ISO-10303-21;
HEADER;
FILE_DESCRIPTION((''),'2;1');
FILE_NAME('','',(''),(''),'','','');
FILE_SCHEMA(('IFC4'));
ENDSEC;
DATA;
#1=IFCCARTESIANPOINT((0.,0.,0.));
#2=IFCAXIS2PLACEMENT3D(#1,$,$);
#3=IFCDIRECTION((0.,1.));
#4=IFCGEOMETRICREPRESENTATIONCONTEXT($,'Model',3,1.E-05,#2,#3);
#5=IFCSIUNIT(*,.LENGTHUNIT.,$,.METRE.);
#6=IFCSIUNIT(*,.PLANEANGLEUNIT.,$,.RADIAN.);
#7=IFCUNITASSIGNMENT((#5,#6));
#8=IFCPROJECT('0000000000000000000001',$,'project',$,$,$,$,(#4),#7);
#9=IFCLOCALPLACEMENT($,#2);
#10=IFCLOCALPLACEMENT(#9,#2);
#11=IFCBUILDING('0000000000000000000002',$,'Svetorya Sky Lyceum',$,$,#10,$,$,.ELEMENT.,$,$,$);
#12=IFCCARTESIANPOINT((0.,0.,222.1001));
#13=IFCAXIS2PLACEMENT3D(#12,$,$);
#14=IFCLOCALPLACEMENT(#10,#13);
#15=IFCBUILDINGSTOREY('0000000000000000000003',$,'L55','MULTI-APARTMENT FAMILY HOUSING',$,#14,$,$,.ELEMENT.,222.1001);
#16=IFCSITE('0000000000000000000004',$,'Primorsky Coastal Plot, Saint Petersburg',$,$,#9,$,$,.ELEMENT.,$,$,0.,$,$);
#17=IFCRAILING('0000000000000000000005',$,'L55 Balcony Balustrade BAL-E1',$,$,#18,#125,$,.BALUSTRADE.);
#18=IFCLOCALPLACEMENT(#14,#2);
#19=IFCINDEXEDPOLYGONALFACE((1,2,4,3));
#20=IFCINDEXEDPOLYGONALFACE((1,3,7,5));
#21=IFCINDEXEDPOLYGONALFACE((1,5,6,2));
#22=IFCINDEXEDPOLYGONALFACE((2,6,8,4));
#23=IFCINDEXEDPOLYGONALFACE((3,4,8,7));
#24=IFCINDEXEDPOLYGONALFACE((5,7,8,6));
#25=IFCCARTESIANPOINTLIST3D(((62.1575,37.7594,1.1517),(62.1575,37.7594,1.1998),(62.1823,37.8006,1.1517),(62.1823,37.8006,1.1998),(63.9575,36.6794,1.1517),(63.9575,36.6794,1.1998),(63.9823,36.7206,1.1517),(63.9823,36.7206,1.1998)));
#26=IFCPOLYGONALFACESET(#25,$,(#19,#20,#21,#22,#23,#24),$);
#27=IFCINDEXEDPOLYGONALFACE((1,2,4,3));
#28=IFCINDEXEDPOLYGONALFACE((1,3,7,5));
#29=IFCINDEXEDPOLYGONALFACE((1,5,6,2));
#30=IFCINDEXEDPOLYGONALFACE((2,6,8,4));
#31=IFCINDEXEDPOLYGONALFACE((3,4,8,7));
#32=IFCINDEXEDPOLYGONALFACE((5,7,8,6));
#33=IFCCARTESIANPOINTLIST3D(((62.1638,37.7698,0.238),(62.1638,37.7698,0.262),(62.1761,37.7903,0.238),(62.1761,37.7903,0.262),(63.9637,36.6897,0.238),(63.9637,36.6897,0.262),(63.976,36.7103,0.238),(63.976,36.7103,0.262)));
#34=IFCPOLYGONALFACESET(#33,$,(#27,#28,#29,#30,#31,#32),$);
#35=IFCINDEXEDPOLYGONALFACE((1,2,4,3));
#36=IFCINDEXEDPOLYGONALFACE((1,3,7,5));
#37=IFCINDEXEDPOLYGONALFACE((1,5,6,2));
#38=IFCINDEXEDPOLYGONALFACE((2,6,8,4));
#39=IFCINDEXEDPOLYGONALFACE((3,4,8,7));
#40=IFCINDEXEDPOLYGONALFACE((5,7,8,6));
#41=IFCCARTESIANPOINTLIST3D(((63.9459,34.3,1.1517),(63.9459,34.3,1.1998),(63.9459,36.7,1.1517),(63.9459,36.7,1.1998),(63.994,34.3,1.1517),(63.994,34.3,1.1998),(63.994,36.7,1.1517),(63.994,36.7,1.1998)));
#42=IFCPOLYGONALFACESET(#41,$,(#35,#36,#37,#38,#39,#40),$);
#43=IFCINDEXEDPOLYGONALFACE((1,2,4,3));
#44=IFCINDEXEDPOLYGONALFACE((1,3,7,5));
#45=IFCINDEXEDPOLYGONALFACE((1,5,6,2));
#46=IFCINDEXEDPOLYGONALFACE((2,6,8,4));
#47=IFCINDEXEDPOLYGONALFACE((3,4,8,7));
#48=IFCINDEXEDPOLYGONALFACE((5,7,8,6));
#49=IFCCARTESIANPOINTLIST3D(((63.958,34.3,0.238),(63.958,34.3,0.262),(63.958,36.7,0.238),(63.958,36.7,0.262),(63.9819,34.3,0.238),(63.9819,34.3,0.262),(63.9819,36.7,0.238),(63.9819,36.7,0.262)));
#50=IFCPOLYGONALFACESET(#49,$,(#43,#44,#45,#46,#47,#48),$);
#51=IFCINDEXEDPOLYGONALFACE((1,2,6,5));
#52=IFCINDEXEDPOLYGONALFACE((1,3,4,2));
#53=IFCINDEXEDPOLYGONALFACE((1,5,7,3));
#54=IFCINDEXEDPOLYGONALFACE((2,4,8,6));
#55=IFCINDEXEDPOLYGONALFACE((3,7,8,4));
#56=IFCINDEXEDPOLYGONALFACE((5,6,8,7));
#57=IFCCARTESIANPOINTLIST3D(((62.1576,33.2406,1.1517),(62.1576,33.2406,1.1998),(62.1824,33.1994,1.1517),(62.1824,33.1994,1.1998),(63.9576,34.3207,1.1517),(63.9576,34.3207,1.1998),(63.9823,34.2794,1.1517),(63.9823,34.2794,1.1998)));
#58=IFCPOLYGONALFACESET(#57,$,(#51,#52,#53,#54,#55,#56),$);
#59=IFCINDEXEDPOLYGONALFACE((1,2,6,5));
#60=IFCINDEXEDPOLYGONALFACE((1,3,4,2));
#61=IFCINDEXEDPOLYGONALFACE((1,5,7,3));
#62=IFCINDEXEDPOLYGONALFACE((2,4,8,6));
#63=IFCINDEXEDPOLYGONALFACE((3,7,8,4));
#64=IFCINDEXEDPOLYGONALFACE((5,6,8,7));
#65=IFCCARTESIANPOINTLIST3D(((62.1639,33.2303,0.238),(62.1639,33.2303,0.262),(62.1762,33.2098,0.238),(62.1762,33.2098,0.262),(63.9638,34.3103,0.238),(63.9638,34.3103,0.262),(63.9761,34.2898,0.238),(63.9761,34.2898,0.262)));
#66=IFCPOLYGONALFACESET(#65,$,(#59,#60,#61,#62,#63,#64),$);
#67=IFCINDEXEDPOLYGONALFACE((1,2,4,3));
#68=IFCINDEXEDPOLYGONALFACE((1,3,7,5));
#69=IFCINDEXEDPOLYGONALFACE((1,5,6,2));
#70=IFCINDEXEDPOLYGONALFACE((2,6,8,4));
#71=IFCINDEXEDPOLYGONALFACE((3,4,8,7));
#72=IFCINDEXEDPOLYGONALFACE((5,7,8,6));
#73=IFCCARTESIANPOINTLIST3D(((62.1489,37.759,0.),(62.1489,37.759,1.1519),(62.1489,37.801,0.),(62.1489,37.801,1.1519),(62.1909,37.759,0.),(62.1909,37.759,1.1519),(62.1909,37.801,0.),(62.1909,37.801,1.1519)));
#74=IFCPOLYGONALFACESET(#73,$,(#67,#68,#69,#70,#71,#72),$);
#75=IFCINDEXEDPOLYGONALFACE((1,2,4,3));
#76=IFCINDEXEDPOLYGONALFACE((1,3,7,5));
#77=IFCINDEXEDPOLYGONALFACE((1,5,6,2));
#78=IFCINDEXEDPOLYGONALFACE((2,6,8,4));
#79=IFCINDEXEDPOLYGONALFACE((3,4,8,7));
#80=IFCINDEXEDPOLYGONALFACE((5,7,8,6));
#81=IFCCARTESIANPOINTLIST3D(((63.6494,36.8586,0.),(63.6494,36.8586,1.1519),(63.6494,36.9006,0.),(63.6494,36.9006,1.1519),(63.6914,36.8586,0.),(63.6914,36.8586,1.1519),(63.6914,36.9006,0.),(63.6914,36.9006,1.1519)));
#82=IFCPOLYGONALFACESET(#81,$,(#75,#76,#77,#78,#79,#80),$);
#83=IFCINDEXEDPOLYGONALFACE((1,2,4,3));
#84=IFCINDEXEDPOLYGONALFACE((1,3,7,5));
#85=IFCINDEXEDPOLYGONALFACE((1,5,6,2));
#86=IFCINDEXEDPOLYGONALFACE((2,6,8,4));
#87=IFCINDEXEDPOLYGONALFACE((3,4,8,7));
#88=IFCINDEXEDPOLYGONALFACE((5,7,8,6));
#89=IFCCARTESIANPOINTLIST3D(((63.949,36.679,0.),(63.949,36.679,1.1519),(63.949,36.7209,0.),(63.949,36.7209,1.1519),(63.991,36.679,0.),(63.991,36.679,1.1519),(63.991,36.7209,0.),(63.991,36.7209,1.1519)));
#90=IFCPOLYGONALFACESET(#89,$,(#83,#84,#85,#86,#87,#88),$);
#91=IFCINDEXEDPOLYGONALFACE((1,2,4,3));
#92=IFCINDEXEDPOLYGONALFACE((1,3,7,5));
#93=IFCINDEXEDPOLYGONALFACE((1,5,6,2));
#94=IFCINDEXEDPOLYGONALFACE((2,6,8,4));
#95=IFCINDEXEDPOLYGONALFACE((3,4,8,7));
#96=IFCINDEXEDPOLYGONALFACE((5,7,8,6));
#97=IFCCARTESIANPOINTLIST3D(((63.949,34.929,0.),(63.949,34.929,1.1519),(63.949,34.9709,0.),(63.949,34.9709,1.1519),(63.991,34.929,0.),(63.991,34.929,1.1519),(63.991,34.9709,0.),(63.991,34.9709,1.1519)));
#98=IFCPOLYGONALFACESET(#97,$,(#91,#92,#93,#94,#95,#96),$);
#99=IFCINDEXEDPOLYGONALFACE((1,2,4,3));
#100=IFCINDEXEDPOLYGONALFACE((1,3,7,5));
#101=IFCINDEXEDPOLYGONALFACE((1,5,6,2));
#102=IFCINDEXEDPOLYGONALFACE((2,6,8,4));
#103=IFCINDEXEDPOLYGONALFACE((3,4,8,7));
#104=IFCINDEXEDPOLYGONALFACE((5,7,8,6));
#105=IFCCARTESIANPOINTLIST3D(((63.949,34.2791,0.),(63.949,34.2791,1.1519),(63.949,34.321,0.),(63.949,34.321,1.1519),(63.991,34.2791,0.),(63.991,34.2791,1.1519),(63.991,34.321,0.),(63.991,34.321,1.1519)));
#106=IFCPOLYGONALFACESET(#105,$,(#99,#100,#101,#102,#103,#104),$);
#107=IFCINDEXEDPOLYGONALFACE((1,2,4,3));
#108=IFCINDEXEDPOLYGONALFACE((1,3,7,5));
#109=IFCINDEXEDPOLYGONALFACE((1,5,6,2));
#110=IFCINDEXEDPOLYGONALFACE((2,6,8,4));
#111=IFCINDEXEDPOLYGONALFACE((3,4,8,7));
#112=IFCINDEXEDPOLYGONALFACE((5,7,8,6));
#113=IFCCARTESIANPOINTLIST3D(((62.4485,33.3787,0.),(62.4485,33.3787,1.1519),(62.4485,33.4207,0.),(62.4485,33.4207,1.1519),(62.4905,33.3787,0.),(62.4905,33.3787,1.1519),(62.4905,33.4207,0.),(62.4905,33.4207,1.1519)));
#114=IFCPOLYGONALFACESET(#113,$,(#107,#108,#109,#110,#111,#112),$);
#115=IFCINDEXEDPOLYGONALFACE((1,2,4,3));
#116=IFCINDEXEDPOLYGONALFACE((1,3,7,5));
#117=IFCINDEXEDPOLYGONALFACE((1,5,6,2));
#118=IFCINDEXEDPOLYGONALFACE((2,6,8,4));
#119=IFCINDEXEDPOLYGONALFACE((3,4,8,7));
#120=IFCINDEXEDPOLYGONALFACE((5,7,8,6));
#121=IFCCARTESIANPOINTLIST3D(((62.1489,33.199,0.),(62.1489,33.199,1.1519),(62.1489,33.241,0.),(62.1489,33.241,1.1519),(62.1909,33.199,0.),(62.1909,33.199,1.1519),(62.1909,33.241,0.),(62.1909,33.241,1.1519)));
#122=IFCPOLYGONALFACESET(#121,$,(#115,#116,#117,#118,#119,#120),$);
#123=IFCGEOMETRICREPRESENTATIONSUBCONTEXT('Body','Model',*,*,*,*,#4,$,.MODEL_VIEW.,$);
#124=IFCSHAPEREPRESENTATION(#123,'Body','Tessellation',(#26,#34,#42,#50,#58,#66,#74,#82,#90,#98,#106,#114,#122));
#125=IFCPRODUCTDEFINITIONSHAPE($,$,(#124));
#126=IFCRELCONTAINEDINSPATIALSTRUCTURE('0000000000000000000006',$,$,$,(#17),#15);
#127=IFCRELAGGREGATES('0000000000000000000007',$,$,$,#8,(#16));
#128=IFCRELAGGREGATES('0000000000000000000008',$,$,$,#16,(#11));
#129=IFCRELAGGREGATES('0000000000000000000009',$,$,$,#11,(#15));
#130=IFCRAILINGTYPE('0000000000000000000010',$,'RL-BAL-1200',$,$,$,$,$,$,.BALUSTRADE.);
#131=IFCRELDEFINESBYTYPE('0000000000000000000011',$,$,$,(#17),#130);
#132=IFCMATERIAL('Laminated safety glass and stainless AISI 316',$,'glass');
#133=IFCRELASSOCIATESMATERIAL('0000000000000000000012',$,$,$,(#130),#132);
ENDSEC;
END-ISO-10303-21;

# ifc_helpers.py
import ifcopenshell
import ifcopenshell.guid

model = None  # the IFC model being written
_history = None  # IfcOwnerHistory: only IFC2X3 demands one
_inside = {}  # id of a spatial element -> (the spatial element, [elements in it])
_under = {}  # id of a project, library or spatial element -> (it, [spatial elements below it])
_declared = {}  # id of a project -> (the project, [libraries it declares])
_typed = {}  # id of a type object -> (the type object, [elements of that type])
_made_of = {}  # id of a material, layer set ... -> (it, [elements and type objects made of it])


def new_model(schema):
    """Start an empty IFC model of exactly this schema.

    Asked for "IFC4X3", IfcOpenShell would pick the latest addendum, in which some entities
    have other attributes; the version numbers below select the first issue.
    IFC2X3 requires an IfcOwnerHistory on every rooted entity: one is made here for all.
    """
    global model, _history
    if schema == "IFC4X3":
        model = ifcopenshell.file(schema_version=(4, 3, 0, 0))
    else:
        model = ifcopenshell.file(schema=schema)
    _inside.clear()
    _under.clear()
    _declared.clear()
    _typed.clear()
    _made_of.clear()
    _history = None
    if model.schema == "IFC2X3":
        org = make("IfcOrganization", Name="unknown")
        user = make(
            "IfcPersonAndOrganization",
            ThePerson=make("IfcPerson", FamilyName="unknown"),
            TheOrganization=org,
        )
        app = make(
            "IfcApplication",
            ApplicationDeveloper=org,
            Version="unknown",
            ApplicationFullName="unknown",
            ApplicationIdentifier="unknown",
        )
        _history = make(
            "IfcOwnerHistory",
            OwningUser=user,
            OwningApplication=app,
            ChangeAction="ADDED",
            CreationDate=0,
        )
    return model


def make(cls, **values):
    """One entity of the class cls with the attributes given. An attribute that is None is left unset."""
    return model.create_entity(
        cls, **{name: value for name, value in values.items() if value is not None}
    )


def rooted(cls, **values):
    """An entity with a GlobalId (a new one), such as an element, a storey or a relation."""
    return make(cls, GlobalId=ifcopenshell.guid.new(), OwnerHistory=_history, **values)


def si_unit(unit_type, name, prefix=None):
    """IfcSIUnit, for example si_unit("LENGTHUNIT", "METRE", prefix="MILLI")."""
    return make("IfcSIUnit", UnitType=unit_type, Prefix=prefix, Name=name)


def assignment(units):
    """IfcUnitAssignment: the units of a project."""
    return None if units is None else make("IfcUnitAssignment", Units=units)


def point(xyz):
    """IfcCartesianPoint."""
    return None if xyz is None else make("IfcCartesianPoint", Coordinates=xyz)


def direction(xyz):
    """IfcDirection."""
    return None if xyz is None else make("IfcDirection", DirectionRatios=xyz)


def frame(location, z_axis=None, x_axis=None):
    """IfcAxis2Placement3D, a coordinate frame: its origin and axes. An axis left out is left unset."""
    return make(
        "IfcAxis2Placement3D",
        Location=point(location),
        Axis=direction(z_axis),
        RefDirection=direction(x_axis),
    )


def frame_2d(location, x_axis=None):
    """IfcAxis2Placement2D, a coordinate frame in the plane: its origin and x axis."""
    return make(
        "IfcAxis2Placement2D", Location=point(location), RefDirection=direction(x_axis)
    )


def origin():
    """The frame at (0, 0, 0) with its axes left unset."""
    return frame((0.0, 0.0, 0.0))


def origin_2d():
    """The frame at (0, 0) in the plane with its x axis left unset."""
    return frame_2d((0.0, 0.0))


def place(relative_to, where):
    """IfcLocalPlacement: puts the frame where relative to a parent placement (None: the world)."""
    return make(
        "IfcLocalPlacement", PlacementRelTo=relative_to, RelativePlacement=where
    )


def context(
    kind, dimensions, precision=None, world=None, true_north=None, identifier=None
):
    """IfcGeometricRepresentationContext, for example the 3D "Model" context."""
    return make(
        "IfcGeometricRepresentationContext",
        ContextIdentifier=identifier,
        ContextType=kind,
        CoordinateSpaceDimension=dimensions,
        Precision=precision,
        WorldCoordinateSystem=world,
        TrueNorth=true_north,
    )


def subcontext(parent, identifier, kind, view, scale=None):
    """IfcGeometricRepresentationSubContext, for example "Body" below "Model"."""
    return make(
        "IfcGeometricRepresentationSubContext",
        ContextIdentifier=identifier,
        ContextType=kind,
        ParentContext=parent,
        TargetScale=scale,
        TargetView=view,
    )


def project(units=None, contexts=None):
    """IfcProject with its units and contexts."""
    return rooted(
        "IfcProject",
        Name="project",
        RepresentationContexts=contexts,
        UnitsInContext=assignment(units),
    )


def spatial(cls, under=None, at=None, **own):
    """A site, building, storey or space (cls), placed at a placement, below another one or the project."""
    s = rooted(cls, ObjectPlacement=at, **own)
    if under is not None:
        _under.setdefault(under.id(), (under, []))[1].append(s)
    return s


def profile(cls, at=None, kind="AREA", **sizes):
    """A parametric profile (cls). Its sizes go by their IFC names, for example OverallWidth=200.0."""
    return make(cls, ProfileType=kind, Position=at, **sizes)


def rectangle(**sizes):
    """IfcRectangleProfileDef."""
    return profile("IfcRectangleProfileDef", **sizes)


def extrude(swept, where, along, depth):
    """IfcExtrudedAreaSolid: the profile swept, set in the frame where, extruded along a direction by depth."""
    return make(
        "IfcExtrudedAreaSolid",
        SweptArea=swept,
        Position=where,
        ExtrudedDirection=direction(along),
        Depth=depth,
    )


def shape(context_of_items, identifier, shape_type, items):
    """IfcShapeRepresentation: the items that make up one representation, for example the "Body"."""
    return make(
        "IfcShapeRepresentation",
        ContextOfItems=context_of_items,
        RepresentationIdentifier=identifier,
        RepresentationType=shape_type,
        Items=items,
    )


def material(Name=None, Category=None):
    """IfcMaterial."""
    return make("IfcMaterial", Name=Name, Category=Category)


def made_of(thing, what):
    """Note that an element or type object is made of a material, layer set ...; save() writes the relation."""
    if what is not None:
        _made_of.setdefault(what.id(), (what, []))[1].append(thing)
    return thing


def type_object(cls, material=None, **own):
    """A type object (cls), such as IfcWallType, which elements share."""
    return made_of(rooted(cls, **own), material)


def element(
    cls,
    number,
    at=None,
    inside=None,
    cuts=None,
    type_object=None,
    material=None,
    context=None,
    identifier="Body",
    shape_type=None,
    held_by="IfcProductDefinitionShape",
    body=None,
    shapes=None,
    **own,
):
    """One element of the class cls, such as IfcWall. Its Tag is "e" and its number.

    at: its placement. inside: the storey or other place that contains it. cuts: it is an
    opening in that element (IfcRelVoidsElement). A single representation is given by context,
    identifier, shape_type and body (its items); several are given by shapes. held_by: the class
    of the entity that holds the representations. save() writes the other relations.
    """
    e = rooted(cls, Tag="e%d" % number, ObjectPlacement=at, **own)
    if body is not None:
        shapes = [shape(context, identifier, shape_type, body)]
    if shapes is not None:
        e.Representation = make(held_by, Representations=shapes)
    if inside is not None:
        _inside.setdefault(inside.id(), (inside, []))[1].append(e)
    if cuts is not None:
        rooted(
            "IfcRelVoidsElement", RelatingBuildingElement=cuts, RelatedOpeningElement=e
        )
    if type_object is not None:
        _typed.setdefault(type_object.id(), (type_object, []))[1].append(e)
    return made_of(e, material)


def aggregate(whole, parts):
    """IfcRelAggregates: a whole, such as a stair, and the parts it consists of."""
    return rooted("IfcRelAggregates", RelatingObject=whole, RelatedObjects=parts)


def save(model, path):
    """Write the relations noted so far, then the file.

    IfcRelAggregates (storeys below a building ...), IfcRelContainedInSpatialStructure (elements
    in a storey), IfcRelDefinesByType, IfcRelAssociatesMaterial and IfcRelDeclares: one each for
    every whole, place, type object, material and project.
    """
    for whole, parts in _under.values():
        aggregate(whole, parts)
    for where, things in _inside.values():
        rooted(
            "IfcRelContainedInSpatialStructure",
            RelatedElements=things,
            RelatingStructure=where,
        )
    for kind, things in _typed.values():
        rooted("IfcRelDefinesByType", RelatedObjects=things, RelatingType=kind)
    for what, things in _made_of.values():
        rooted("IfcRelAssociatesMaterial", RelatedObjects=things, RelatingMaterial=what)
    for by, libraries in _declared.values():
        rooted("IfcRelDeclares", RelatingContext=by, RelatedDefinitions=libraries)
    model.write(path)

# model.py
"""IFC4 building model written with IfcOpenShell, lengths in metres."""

from ifc_helpers import new_model, si_unit, direction, frame, origin, origin_2d, place, context, subcontext, project, spatial, rectangle, extrude, material, type_object, element, save


model = new_model("IFC4")

# Units and contexts
model_context = context("Model", 3, precision=1e-05, world=origin(), true_north=direction((0.0, 1.0)))
body_context = subcontext(model_context, "Body", "Model", "MODEL_VIEW")
ifc_project = project(units=[si_unit("LENGTHUNIT", "METRE"), si_unit("PLANEANGLEUNIT", "RADIAN")], contexts=[model_context])

# Site, building, storey
site_placement = place(None, origin())
site = spatial("IfcSite", under=ifc_project, at=site_placement, Name="Primorsky Coastal Plot, Saint Petersburg", CompositionType="ELEMENT", RefElevation=0.0)
building_placement = place(site_placement, origin())
building = spatial("IfcBuilding", under=site, at=building_placement, Name="Svetorya Sky Lyceum", CompositionType="ELEMENT")
storey_placement = place(building_placement, frame((0.0, 0.0, 222.1001)))
storey = spatial("IfcBuildingStorey", under=building, at=storey_placement, Name="L55", Description="MULTI-APARTMENT FAMILY HOUSING", CompositionType="ELEMENT", Elevation=222.1001)

# Railing
ifc_material_1 = material(Name="Laminated safety glass and stainless AISI 316", Category="glass")
railing_type = type_object("IfcRailingType", Name="RL-BAL-1200", PredefinedType="BALUSTRADE", material=ifc_material_1)
railing_placement = place(storey_placement, frame((62.1699, 37.78, 0.0)))
element("IfcRailing", 1, at=railing_placement, inside=storey, type_object=railing_type, Name="L55 Balcony Balustrade BAL-E1", PredefinedType="BALUSTRADE", context=body_context, shape_type="SweptSolid", body=[
    extrude(rectangle(XDim=0.0481, YDim=0.0481, at=origin_2d()), frame((0.0, 0.0, 1.1758), z_axis=(0.857483, -0.514513, 0.0), x_axis=(0.514513, 0.857483, 0.0)), (0.0, 0.0, 1.0), 2.0991),
    extrude(rectangle(XDim=0.0239, YDim=0.0239, at=origin_2d()), frame((0.0, 0.0, 0.25), z_axis=(0.857483, -0.514513, 0.0), x_axis=(0.514513, 0.857483, 0.0)), (0.0, 0.0, 1.0), 2.0991),
    extrude(rectangle(XDim=0.0481, YDim=0.0481, at=origin_2d()), frame((1.8, -1.0801, 1.1758), z_axis=(0.0, -1.0, 0.0), x_axis=(1.0, 0.0, 0.0)), (0.0, 0.0, 1.0), 2.3999),
    extrude(rectangle(XDim=0.0239, YDim=0.0239, at=origin_2d()), frame((1.8, -1.0801, 0.25), z_axis=(0.0, -1.0, 0.0), x_axis=(1.0, 0.0, 0.0)), (0.0, 0.0, 1.0), 2.3999),
    extrude(rectangle(XDim=0.0481, YDim=0.0481, at=origin_2d()), frame((1.8, -3.48, 1.1758), z_axis=(-0.857483, -0.514513, 0.0), x_axis=(0.514513, -0.857483, 0.0)), (0.0, 0.0, 1.0), 2.0991),
    extrude(rectangle(XDim=0.0239, YDim=0.0239, at=origin_2d()), frame((1.8, -3.48, 0.25), z_axis=(-0.857483, -0.514513, 0.0), x_axis=(0.514513, -0.857483, 0.0)), (0.0, 0.0, 1.0), 2.0991),
    extrude(rectangle(XDim=0.042, YDim=0.042, at=origin_2d()), origin(), (0.0, 0.0, 1.0), 1.1519),
    extrude(rectangle(XDim=0.042, YDim=0.042, at=origin_2d()), frame((1.5005, -0.9004, 0.0)), (0.0, 0.0, 1.0), 1.1519),
    extrude(rectangle(XDim=0.042, YDim=0.042, at=origin_2d()), frame((1.8, -1.0801, 0.0)), (0.0, 0.0, 1.0), 1.1519),
    extrude(rectangle(XDim=0.042, YDim=0.042, at=origin_2d()), frame((1.8, -2.8301, 0.0)), (0.0, 0.0, 1.0), 1.1519),
    extrude(rectangle(XDim=0.042, YDim=0.042, at=origin_2d()), frame((1.8, -3.48, 0.0)), (0.0, 0.0, 1.0), 1.1519),
    extrude(rectangle(XDim=0.042, YDim=0.042, at=origin_2d()), frame((0.2996, -4.3804, 0.0)), (0.0, 0.0, 1.0), 1.1519),
    extrude(rectangle(XDim=0.042, YDim=0.042, at=origin_2d()), frame((0.0, -4.5601, 0.0)), (0.0, 0.0, 1.0), 1.1519),
])

save(model, "model.ifc")
